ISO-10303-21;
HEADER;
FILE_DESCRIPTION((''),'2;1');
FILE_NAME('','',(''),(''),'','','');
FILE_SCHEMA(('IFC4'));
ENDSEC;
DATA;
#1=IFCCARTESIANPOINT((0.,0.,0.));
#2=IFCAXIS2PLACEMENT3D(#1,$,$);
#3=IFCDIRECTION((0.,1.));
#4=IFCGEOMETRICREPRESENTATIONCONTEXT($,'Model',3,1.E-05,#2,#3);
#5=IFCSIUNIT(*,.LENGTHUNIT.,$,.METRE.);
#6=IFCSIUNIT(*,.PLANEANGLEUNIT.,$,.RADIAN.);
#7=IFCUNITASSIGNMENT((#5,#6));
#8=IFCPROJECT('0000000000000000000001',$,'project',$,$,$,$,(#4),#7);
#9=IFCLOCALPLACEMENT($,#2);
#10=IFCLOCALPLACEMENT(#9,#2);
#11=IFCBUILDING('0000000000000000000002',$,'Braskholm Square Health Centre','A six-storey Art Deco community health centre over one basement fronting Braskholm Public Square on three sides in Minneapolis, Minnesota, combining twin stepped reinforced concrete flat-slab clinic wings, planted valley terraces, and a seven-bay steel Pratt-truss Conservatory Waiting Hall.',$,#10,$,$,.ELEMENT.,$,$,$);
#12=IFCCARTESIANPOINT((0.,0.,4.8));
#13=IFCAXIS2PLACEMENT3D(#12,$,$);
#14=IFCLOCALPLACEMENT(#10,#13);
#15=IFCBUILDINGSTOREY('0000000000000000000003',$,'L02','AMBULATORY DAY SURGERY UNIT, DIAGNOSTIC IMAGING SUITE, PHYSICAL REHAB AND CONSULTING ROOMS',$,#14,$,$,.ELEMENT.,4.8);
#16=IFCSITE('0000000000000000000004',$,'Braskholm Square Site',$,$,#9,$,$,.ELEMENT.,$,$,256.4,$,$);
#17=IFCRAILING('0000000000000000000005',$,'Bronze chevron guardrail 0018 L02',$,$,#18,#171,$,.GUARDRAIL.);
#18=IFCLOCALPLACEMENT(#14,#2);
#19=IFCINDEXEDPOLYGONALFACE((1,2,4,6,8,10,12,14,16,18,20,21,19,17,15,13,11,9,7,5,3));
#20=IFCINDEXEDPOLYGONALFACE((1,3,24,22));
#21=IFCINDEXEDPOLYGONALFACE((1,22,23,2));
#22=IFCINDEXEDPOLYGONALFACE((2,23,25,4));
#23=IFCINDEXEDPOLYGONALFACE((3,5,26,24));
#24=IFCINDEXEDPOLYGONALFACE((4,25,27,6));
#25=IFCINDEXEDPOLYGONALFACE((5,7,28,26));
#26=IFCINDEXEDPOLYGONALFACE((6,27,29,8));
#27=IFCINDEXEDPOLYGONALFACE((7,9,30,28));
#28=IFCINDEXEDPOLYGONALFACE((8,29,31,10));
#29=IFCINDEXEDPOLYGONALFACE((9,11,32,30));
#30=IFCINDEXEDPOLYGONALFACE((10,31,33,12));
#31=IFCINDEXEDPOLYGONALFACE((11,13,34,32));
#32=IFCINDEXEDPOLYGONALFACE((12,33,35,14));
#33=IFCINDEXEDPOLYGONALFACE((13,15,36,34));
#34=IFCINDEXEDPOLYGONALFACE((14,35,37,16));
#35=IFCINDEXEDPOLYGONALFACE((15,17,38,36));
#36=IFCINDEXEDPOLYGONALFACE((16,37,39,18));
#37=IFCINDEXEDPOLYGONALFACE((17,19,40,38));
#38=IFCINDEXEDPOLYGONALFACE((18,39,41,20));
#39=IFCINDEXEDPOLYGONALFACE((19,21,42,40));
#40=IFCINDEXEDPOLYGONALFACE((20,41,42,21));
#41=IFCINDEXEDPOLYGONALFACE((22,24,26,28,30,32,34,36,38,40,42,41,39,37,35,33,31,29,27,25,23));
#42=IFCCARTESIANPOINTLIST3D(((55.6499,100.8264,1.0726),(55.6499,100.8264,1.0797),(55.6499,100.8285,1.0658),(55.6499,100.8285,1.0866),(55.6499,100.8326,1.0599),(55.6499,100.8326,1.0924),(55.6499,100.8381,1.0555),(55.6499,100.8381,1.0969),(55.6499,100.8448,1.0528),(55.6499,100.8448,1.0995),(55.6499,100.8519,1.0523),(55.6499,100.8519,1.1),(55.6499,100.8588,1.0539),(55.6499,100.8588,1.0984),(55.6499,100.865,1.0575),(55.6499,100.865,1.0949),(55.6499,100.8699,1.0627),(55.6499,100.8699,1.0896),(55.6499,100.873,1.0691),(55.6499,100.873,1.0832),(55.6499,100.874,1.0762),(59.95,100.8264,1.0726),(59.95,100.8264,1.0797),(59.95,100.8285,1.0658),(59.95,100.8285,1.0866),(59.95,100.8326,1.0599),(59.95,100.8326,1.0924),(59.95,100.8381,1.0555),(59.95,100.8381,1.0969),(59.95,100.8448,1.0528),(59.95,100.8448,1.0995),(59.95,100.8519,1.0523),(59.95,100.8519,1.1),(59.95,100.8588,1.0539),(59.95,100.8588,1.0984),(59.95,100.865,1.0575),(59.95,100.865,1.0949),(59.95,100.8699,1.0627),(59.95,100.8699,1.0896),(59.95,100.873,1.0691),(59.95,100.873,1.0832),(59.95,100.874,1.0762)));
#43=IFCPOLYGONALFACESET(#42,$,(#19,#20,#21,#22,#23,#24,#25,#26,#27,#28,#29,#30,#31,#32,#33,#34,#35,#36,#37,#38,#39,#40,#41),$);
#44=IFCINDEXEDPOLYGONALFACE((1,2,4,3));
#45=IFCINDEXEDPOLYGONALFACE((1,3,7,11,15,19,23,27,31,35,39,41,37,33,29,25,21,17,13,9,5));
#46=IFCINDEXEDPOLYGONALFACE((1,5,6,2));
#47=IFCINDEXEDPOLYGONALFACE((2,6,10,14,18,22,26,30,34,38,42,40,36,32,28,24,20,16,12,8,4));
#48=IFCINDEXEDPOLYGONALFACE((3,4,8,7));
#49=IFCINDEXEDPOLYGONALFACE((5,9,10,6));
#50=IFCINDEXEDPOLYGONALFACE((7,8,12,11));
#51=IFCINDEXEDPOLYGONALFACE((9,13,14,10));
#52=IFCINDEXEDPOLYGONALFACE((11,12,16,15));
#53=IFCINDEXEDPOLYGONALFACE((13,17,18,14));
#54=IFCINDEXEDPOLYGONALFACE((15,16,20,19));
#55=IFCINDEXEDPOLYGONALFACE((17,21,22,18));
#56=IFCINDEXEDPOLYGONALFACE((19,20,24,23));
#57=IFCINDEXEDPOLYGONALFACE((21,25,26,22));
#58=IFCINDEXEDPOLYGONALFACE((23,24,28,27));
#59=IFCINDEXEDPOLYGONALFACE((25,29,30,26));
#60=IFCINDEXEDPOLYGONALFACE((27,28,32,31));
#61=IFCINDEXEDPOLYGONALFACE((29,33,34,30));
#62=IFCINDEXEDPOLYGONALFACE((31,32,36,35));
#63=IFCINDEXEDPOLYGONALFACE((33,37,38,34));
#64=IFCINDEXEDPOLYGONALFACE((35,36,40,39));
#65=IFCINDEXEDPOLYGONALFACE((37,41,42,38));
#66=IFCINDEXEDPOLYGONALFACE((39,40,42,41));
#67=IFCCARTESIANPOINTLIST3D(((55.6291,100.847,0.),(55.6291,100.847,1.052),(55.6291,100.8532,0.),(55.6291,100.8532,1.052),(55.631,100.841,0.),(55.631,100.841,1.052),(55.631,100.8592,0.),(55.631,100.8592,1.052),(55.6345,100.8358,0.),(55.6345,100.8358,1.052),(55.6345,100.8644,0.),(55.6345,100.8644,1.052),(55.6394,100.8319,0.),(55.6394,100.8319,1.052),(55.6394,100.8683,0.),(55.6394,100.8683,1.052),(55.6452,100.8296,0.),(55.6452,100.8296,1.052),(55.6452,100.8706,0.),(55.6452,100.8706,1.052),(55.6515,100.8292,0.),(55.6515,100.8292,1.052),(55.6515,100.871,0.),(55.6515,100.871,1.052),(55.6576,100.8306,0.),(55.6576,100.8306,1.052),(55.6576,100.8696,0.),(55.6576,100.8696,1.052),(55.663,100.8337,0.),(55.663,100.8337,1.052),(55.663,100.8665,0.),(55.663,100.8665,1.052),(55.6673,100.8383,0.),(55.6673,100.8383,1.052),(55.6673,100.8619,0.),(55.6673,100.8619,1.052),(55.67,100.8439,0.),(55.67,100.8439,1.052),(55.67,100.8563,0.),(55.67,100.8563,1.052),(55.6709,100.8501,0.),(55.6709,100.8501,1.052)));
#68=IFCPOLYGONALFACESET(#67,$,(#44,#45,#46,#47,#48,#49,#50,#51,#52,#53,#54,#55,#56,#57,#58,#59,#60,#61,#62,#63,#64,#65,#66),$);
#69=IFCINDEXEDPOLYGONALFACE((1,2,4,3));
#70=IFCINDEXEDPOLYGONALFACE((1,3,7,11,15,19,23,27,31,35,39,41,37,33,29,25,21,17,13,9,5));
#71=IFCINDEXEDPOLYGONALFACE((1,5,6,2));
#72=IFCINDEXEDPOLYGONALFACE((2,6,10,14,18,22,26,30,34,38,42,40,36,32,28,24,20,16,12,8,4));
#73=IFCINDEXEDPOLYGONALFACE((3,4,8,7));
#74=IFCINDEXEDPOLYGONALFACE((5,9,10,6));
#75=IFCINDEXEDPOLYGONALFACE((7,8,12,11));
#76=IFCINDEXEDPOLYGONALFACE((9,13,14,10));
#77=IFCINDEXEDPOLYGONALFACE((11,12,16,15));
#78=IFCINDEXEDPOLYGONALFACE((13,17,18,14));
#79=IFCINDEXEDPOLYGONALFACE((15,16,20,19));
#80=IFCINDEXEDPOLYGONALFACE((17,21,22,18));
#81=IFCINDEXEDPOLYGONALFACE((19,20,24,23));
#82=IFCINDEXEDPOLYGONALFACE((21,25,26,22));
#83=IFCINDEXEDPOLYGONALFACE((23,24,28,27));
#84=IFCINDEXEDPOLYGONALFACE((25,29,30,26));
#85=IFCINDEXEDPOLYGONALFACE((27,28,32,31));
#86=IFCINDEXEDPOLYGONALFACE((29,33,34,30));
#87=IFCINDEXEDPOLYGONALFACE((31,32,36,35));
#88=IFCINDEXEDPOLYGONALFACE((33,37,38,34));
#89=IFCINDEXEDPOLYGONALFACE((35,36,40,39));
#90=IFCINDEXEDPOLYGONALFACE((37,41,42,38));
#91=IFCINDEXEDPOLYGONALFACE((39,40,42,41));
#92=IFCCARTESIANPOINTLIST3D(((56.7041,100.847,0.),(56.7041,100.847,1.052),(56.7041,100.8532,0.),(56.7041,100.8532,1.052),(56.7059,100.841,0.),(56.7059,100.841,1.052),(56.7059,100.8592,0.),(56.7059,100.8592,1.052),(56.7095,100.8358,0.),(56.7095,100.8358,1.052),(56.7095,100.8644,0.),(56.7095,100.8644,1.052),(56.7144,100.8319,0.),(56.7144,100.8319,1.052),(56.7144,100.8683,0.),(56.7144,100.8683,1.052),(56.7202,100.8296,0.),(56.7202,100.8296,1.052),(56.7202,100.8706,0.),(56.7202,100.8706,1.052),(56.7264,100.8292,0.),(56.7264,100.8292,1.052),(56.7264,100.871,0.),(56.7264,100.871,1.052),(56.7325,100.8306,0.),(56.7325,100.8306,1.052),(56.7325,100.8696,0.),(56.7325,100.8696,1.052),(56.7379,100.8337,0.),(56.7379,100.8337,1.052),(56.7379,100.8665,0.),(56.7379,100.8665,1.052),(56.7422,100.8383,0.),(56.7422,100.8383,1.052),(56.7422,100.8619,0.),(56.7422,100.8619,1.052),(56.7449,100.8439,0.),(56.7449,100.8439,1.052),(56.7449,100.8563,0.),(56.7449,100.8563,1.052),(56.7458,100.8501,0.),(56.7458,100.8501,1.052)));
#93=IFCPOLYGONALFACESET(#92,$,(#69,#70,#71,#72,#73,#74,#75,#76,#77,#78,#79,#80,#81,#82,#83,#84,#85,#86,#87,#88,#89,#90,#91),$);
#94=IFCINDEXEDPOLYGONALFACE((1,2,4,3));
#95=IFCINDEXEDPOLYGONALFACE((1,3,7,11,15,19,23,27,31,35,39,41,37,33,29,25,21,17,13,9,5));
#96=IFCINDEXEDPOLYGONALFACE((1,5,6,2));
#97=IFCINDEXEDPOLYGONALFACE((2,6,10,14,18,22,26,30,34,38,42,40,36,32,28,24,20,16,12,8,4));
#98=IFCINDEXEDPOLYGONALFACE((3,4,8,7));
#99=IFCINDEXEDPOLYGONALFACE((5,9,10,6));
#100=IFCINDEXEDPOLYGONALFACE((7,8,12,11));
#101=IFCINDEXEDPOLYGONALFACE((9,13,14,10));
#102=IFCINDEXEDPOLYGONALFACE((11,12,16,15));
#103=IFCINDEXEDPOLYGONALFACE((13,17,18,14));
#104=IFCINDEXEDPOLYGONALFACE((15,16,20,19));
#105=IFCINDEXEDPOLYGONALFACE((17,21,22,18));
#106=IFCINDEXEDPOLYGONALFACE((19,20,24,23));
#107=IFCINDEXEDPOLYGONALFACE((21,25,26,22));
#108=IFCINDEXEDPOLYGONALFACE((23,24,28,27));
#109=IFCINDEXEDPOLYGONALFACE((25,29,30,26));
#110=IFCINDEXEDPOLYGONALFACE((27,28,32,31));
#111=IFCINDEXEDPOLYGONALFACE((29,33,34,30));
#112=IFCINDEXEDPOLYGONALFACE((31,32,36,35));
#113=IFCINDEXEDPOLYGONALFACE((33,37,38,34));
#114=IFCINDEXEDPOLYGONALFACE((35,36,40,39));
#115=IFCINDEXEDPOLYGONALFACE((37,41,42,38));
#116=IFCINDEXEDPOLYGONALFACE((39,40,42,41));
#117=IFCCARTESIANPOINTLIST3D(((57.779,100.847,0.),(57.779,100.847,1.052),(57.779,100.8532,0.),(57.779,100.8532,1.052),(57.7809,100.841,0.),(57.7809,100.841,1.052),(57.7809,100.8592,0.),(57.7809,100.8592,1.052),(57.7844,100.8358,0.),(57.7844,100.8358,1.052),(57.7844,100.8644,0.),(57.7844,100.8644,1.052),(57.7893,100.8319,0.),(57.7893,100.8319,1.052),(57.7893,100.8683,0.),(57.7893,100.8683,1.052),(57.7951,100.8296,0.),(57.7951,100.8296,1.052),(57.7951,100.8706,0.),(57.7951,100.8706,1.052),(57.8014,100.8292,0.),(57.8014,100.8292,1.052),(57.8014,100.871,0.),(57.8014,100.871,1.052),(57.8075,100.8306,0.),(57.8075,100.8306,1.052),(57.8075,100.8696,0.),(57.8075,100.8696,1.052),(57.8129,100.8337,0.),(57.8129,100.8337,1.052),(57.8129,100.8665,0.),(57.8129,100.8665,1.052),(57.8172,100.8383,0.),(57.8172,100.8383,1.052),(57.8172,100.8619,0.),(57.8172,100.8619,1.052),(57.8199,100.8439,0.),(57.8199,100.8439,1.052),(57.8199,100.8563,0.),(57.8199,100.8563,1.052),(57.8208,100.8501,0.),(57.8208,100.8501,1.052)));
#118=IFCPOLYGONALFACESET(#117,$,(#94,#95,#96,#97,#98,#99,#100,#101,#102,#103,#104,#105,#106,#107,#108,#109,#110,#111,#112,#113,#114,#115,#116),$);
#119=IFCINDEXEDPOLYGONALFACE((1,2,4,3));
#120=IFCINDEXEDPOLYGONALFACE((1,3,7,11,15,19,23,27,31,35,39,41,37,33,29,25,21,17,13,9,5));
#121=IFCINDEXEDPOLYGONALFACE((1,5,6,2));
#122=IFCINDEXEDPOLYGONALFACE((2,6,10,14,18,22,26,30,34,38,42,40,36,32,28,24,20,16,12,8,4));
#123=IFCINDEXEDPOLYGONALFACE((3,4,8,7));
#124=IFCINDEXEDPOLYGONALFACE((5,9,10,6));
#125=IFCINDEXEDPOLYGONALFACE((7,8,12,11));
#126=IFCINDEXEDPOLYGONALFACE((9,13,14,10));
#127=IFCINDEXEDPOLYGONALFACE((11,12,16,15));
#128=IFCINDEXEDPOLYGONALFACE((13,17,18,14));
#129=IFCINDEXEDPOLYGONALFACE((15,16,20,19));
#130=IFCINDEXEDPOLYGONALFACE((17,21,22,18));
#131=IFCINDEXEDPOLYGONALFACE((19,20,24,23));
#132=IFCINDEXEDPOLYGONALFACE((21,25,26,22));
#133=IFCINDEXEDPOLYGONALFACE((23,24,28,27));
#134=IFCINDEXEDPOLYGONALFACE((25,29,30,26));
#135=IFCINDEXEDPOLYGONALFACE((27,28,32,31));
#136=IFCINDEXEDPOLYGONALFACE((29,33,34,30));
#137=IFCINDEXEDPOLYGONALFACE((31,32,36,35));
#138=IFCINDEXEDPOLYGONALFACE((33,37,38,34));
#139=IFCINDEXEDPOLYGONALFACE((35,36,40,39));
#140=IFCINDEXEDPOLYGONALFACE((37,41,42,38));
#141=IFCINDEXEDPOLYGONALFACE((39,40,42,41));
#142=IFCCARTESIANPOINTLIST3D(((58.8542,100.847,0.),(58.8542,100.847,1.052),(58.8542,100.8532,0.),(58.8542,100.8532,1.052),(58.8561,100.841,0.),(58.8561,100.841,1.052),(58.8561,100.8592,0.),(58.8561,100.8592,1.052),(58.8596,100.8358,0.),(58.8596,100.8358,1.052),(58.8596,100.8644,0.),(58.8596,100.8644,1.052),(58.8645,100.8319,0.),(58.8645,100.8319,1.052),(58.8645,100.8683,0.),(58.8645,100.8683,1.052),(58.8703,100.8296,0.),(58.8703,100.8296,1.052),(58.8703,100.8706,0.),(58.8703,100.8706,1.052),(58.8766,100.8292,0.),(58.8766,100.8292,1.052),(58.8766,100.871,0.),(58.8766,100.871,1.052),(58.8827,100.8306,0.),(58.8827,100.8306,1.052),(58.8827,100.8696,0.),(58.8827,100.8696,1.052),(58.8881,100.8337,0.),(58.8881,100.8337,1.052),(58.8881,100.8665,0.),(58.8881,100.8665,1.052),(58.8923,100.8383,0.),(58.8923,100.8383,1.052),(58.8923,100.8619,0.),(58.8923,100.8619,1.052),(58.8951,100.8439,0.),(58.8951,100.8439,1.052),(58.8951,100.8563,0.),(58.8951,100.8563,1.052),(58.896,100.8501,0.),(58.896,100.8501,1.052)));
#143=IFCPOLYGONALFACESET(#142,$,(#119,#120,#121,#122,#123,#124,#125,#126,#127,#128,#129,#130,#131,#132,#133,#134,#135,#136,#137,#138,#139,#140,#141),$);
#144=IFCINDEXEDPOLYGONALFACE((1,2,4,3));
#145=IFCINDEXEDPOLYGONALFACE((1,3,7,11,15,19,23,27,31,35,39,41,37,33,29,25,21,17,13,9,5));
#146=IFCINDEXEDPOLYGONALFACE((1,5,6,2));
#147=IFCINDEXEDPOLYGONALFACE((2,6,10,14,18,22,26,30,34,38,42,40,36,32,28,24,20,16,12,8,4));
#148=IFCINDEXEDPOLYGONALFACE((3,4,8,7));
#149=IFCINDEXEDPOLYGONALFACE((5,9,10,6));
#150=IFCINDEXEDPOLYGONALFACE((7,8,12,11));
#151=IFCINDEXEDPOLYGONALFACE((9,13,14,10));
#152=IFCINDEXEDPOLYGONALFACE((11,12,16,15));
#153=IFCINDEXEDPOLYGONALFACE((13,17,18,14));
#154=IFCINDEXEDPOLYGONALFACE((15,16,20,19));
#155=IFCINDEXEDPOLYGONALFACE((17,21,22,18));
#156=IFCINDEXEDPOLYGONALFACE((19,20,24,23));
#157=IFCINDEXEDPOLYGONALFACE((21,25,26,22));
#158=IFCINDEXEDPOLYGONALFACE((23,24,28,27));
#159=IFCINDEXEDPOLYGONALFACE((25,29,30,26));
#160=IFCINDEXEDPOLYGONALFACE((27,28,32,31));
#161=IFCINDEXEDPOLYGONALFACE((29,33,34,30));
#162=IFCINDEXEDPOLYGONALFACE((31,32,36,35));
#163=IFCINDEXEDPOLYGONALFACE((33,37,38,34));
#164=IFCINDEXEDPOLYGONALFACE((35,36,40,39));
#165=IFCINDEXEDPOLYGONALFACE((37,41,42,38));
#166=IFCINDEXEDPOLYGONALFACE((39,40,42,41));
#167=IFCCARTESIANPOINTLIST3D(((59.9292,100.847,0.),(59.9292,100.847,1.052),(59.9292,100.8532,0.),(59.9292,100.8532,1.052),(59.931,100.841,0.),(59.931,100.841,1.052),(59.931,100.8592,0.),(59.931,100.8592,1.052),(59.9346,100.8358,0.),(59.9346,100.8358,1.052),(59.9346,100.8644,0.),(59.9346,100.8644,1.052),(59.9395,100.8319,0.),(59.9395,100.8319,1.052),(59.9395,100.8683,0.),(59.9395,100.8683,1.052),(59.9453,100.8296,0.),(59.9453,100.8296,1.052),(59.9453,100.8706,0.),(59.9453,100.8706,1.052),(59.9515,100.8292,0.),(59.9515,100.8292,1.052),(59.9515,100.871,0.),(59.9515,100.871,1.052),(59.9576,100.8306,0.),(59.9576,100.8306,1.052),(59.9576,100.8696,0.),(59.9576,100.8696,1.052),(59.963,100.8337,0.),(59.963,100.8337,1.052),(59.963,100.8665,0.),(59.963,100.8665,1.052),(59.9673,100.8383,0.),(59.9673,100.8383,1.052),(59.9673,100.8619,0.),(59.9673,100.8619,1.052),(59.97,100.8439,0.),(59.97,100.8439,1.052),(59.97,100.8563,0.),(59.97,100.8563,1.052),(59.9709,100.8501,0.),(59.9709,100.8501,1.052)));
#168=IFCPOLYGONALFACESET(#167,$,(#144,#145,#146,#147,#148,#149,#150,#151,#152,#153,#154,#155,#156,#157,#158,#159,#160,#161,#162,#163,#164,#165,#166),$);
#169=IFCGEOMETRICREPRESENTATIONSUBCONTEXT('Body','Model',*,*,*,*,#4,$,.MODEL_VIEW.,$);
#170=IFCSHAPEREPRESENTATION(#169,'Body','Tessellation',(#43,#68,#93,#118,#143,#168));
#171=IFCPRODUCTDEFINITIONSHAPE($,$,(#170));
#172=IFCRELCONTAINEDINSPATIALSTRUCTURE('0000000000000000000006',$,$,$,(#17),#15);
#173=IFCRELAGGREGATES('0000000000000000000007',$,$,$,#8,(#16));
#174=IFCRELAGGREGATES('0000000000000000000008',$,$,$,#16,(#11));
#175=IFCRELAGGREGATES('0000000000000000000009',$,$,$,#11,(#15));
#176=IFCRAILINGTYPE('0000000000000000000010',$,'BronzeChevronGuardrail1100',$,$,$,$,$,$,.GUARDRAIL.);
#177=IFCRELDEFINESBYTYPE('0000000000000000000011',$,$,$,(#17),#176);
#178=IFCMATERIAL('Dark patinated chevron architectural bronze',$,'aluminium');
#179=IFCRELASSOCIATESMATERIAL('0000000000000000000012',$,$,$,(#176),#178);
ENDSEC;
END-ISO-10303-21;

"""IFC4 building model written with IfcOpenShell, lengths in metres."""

from ifc_helpers import new_model, si_unit, direction, frame, origin, origin_2d, place, context, subcontext, project, spatial, circle, extrude, material, type_object, element, save


model = new_model("IFC4")

# Units and contexts
model_context = context("Model", 3, precision=1e-05, world=origin(), true_north=direction((0.0, 1.0)))
body_context = subcontext(model_context, "Body", "Model", "MODEL_VIEW")
ifc_project = project(units=[si_unit("LENGTHUNIT", "METRE"), si_unit("PLANEANGLEUNIT", "RADIAN")], contexts=[model_context])

# Site, building, storey
site_placement = place(None, origin())
site = spatial("IfcSite", under=ifc_project, at=site_placement, Name="Braskholm Square Site", CompositionType="ELEMENT", RefElevation=256.4)
building_placement = place(site_placement, origin())
building = spatial("IfcBuilding", under=site, at=building_placement, Name="Braskholm Square Health Centre", Description="A six-storey Art Deco community health centre over one basement fronting Braskholm Public Square on three sides in Minneapolis, Minnesota, combining twin stepped reinforced concrete flat-slab clinic wings, planted valley terraces, and a seven-bay steel Pratt-truss Conservatory Waiting Hall.", CompositionType="ELEMENT")
storey_placement = place(building_placement, frame((0.0, 0.0, 4.8)))
storey = spatial("IfcBuildingStorey", under=building, at=storey_placement, Name="L02", Description="AMBULATORY DAY SURGERY UNIT, DIAGNOSTIC IMAGING SUITE, PHYSICAL REHAB AND CONSULTING ROOMS", CompositionType="ELEMENT", Elevation=4.8)

# Railing
ifc_material_1 = material(Name="Dark patinated chevron architectural bronze", Category="aluminium")
railing_type_1 = type_object("IfcRailingType", Name="BronzeChevronGuardrail1100", PredefinedType="GUARDRAIL", material=ifc_material_1)
railing_1_placement = place(storey_placement, frame((55.6499, 100.8501, 0.0)))
element("IfcRailing", 1, at=railing_1_placement, inside=storey, type_object=railing_type_1, Name="Bronze chevron guardrail 0018 L02", PredefinedType="GUARDRAIL", context=body_context, shape_type="SweptSolid", body=[
    extrude(circle(Radius=0.0239, at=origin_2d()), frame((0.0, 0.0, 1.0762), z_axis=(1.0, 0.0, 0.0), x_axis=(0.0, 1.0, 0.0)), (0.0, 0.0, 1.0), 4.3),
    extrude(circle(Radius=0.021, at=origin_2d()), origin(), (0.0, 0.0, 1.0), 1.052),
    extrude(circle(Radius=0.021, at=origin_2d()), frame((1.075, 0.0, 0.0)), (0.0, 0.0, 1.0), 1.052),
    extrude(circle(Radius=0.021, at=origin_2d()), frame((2.1499, 0.0, 0.0)), (0.0, 0.0, 1.0), 1.052),
    extrude(circle(Radius=0.021, at=origin_2d()), frame((3.2251, 0.0, 0.0)), (0.0, 0.0, 1.0), 1.052),
    extrude(circle(Radius=0.021, at=origin_2d()), frame((4.3, 0.0, 0.0)), (0.0, 0.0, 1.0), 1.052),
])

save(model, "model.ifc")
